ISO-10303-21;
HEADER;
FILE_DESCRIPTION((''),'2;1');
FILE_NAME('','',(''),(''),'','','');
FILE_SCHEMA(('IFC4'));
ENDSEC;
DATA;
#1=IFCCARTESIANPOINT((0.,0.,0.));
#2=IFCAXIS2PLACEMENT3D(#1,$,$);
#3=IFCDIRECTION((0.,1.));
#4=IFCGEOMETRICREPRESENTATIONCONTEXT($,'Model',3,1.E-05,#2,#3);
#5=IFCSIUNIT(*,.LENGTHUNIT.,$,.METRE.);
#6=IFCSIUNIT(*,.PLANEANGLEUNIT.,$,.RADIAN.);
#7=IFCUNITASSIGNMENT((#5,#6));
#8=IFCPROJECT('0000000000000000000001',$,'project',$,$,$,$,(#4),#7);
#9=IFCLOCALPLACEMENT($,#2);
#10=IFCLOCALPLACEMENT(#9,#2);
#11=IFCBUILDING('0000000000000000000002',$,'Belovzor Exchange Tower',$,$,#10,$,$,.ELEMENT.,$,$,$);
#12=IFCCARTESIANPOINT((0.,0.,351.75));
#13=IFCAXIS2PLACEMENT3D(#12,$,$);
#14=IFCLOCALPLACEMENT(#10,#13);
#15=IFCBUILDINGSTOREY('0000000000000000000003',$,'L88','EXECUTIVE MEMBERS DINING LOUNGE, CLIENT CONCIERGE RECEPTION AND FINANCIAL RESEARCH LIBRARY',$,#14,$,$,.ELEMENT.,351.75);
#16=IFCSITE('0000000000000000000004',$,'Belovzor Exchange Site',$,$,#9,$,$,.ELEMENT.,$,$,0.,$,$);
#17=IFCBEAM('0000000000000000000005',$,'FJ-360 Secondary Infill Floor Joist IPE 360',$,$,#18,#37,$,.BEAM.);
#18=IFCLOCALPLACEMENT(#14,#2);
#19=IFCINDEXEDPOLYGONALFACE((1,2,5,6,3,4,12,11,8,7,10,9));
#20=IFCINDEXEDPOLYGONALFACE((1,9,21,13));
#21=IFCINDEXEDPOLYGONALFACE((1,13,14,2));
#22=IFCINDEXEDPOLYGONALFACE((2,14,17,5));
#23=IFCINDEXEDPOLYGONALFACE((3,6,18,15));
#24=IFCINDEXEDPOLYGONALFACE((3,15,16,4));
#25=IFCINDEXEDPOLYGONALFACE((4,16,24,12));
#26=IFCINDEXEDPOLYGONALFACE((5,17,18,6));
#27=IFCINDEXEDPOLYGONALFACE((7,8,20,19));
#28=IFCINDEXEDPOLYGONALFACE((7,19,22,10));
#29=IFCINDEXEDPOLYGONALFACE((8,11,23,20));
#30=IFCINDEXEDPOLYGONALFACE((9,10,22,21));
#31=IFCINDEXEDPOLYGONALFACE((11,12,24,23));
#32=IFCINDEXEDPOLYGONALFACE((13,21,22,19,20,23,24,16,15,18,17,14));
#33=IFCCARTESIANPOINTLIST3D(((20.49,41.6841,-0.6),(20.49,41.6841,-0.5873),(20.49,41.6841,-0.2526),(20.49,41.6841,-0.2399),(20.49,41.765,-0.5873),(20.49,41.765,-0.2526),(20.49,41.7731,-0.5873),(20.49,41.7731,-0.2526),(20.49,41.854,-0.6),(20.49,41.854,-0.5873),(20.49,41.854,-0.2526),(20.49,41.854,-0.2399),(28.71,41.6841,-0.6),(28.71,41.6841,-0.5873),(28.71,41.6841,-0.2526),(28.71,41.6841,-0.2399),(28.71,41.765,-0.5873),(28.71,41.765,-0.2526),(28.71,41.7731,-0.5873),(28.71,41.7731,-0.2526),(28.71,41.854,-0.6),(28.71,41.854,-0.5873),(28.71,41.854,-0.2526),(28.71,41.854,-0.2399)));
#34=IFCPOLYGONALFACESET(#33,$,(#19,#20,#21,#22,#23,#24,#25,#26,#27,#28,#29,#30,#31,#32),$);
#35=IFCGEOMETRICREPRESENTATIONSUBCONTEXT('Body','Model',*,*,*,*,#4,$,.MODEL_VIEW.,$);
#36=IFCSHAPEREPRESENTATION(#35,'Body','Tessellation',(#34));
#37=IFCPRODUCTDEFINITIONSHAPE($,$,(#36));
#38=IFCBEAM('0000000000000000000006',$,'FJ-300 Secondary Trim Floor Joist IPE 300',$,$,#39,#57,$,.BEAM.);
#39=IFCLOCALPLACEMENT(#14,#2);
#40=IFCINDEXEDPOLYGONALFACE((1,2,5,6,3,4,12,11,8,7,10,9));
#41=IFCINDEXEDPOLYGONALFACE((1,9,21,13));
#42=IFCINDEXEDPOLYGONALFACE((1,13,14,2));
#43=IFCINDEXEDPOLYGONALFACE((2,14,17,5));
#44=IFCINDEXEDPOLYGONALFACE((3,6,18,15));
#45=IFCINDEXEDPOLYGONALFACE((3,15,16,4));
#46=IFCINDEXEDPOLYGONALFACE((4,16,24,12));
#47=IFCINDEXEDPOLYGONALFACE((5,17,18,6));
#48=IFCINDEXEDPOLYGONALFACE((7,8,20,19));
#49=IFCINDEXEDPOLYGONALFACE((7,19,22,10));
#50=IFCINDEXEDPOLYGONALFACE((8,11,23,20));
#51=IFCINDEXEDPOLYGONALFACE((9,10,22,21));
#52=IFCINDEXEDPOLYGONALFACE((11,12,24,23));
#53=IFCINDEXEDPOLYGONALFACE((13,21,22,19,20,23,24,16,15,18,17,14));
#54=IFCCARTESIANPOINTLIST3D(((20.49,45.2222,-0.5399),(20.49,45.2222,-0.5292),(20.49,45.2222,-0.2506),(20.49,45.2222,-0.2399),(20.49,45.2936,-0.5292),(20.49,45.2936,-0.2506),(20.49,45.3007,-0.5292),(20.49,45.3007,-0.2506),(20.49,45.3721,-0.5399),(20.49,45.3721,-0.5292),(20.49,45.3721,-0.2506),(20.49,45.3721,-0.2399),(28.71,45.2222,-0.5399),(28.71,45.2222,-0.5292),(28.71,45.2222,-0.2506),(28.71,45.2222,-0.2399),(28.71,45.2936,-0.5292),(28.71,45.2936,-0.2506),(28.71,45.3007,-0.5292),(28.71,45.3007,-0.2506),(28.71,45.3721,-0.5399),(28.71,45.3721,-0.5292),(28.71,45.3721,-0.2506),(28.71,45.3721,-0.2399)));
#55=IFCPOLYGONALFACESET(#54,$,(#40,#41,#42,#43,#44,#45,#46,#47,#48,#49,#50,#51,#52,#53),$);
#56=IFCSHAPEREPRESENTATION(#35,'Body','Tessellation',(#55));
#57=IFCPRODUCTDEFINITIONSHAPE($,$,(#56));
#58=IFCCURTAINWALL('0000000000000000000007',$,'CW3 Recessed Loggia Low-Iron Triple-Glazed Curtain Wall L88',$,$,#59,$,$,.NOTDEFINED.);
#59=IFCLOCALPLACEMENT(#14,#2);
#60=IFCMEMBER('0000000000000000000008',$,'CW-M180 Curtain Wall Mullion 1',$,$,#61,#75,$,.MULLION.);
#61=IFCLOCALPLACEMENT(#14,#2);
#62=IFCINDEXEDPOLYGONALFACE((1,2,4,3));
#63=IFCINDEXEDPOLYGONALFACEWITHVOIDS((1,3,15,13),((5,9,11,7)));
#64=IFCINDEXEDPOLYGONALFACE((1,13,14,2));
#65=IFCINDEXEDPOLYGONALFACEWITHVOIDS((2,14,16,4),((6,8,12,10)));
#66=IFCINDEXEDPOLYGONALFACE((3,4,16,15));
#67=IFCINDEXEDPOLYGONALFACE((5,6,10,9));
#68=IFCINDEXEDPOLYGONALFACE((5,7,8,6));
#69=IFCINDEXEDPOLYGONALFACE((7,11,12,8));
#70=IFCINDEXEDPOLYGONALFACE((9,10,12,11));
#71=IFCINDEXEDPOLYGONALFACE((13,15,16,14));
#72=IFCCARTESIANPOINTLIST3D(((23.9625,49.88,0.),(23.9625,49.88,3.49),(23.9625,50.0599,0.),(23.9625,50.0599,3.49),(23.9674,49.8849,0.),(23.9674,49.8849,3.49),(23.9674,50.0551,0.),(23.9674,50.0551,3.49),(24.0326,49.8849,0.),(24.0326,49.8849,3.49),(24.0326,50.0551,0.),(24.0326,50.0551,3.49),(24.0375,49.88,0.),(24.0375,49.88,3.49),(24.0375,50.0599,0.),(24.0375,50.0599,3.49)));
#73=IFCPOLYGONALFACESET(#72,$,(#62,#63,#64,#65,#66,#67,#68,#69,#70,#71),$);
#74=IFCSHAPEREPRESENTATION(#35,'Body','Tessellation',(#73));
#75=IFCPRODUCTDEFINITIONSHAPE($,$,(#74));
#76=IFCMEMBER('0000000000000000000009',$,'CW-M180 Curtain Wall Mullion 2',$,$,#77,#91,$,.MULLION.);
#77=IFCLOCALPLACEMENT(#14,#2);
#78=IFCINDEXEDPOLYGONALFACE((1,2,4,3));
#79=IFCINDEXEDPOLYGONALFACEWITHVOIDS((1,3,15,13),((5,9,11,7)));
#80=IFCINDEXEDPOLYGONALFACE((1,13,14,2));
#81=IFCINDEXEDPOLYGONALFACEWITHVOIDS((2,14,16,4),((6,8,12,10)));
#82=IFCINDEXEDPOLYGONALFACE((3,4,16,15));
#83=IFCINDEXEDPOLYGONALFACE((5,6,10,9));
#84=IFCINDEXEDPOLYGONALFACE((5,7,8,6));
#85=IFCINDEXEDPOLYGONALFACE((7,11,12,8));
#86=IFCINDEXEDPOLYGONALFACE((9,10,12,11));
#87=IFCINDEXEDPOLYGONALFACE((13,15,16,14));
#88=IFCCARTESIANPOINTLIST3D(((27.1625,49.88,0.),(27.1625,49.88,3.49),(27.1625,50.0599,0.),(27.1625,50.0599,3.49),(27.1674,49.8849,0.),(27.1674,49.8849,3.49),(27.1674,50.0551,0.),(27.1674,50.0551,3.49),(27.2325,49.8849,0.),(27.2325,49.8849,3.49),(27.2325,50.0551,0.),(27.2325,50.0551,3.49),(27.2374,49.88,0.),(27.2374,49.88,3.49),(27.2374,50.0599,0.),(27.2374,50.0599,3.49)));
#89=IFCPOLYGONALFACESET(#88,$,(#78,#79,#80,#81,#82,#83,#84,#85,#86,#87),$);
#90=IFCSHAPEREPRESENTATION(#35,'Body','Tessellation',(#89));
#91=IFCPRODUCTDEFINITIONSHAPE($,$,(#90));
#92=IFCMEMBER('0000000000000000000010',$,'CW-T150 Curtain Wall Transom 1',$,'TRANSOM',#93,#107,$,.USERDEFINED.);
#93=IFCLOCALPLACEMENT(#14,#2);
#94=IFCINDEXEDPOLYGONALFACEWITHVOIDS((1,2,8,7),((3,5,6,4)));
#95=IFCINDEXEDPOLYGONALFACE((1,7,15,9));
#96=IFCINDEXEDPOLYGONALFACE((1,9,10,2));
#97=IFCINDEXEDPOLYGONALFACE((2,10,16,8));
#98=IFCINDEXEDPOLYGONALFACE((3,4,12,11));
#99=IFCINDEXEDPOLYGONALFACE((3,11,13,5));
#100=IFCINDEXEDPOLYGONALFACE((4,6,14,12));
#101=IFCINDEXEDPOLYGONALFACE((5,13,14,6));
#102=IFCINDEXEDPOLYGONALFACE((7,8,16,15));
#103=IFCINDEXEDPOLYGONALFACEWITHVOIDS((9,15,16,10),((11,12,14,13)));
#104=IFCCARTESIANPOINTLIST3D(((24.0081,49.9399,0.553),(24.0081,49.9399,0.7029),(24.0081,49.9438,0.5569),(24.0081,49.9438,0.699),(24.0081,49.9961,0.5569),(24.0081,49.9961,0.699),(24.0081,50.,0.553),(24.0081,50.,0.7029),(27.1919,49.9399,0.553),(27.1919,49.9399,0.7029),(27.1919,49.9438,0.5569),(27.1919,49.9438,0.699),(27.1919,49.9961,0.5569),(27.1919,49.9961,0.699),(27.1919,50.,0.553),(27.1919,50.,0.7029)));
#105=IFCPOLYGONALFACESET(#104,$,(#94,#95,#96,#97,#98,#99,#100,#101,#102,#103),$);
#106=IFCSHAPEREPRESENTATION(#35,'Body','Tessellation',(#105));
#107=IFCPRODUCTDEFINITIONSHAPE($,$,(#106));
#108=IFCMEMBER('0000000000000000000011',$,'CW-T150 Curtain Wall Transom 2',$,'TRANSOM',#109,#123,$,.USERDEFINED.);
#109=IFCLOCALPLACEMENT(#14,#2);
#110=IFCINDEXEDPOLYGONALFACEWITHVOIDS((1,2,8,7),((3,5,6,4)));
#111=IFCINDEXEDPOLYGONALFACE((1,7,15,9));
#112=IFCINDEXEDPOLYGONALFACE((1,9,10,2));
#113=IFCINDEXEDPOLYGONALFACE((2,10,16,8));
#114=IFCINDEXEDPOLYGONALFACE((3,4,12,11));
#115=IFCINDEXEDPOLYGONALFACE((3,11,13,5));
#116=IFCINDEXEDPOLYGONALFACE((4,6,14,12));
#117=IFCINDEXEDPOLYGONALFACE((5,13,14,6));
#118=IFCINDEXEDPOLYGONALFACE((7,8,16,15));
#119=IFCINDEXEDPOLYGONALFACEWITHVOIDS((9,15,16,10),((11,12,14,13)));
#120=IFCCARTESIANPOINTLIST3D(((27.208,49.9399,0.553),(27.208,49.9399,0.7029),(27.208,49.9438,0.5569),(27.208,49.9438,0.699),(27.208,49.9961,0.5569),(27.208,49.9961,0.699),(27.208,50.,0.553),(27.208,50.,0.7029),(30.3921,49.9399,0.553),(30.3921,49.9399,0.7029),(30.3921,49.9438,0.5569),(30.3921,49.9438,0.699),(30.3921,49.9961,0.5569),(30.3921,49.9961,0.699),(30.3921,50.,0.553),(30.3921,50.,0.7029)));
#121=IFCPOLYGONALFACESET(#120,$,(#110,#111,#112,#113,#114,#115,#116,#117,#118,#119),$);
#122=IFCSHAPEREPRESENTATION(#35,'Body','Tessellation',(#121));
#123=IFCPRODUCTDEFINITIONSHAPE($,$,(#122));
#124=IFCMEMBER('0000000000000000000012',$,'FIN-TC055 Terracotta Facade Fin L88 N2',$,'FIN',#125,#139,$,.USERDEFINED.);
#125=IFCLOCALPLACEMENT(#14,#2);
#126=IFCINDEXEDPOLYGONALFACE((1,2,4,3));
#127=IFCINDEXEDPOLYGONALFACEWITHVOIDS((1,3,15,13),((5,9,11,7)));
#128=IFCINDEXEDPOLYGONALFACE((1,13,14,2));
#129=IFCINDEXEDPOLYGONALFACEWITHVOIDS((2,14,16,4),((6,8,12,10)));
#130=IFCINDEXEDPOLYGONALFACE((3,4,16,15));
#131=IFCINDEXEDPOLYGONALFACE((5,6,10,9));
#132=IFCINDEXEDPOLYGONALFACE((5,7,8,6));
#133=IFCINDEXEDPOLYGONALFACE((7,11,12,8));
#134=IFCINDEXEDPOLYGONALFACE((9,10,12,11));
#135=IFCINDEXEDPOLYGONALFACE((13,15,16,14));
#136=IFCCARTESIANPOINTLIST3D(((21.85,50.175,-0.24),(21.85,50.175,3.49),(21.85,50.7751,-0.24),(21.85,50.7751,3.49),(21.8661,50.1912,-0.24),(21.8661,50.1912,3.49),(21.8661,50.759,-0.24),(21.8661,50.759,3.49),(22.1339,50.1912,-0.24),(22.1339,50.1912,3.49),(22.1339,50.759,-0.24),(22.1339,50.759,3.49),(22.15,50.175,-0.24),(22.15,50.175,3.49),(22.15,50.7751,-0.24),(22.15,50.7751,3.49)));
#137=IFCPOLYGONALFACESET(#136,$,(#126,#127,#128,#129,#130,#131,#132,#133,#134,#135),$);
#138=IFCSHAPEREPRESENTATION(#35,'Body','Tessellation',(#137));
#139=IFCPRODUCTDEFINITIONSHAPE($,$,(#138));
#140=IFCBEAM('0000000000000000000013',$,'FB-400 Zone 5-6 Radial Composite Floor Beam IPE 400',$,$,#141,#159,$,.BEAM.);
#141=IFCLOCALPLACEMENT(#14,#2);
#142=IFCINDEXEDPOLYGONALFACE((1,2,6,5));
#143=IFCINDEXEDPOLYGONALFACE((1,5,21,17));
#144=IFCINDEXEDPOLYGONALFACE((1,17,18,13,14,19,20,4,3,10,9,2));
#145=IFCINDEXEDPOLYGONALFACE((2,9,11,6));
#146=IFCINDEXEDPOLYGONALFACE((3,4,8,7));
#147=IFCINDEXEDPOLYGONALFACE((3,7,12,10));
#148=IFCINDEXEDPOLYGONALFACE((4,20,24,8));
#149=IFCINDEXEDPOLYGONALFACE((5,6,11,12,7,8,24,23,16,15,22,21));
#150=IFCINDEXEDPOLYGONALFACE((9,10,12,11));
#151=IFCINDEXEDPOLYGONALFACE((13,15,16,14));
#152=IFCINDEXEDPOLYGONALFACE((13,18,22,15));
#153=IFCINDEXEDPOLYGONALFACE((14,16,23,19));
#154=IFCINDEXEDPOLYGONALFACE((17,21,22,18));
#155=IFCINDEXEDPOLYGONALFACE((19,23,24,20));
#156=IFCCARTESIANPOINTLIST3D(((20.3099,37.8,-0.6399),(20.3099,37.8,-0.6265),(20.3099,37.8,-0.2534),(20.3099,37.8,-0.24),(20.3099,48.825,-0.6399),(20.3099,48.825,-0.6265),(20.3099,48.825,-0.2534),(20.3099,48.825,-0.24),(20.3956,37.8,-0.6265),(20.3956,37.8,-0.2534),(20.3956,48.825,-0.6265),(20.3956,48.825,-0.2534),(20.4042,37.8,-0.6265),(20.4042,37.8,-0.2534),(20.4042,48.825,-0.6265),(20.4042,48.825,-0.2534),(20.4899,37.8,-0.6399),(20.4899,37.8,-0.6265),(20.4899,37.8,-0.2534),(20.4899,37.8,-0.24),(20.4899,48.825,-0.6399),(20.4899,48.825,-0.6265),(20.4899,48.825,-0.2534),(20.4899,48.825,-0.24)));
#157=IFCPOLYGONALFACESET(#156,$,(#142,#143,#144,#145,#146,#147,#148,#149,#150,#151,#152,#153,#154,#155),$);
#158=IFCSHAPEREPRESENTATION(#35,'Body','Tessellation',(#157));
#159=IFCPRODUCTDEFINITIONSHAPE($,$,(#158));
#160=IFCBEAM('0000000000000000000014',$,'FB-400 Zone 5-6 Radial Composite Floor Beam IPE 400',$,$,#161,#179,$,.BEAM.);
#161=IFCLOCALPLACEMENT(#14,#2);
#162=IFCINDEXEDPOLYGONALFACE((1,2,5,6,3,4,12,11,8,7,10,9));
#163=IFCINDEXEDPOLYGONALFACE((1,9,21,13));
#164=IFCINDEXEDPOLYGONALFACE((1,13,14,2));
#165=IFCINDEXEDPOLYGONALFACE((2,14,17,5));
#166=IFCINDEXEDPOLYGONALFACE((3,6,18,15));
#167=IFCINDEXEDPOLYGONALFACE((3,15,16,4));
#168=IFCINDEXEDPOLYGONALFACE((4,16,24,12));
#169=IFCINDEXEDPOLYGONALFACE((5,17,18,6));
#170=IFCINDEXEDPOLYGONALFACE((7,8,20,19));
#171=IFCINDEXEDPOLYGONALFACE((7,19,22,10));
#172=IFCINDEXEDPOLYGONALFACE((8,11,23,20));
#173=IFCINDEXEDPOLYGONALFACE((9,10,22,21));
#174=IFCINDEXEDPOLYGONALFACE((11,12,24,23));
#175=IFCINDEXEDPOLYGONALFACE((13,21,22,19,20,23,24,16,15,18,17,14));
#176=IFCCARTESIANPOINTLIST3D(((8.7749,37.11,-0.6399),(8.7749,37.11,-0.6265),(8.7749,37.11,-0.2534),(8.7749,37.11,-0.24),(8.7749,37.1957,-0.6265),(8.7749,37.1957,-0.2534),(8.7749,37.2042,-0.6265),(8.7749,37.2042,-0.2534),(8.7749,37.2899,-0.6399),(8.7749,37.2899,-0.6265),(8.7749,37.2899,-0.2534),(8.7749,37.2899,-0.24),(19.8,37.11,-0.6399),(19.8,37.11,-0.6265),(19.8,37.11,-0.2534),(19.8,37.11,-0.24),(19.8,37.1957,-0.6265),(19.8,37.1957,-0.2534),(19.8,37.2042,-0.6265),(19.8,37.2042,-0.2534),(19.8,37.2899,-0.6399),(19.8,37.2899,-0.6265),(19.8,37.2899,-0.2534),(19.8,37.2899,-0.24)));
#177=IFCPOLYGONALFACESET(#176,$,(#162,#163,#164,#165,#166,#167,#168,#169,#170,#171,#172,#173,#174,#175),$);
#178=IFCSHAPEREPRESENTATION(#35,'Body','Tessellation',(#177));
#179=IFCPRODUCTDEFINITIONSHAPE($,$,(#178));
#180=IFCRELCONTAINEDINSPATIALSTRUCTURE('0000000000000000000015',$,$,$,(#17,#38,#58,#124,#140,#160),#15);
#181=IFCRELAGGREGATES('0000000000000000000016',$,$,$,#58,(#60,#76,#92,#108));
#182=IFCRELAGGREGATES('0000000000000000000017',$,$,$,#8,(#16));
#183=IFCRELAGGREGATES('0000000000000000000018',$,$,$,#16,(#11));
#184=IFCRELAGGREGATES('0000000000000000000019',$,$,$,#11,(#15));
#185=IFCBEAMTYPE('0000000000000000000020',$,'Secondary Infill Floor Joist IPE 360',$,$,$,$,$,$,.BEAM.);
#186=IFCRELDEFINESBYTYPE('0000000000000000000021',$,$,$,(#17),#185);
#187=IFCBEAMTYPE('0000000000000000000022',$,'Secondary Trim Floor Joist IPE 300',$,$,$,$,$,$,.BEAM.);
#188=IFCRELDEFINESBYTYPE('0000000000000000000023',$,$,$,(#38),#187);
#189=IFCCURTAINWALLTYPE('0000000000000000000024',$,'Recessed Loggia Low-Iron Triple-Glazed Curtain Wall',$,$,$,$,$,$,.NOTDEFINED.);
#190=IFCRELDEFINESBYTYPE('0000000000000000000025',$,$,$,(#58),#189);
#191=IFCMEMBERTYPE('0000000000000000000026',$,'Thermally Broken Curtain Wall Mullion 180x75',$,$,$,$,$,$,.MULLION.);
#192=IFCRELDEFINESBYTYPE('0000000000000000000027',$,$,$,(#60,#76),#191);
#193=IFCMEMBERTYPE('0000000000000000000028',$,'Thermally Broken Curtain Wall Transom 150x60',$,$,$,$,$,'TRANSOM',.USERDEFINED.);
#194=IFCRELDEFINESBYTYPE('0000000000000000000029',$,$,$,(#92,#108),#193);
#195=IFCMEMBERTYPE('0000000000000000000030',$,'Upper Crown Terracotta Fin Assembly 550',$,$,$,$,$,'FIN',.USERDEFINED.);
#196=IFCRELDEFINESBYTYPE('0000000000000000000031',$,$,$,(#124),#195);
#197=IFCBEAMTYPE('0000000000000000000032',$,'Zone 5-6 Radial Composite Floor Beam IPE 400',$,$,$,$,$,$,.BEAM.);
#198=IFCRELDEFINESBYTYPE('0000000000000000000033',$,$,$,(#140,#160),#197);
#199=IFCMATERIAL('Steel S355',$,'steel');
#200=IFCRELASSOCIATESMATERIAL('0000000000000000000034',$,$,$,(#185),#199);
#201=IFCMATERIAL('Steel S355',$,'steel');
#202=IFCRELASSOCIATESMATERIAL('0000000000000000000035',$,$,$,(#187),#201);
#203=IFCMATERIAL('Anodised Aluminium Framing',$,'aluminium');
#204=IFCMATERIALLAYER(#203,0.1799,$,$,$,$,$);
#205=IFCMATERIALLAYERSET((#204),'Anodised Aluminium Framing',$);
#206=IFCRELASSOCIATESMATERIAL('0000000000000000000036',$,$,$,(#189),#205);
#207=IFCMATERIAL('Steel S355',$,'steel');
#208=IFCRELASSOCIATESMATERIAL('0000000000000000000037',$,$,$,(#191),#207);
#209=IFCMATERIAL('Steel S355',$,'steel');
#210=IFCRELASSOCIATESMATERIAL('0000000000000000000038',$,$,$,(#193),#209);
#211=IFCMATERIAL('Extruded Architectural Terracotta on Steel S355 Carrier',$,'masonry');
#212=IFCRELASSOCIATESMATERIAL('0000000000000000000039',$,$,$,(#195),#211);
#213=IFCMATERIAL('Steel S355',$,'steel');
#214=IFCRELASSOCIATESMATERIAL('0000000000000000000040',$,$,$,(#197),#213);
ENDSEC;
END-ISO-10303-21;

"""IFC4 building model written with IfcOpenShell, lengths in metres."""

from ifc_helpers import new_model, si_unit, direction, frame, origin, origin_2d, place, context, subcontext, project, spatial, hollow_rectangle, i_section, extrude, material, layer, layer_set, material_profile, profile_set, type_object, element, aggregate, save


model = new_model("IFC4")

# Units and contexts
model_context = context("Model", 3, precision=1e-05, world=origin(), true_north=direction((0.0, 1.0)))
body_context = subcontext(model_context, "Body", "Model", "MODEL_VIEW")
ifc_project = project(units=[si_unit("LENGTHUNIT", "METRE"), si_unit("PLANEANGLEUNIT", "RADIAN")], contexts=[model_context])

# Site, building, storey
site_placement = place(None, origin())
site = spatial("IfcSite", under=ifc_project, at=site_placement, Name="Belovzor Exchange Site", CompositionType="ELEMENT", RefElevation=0.0)
building_placement = place(site_placement, origin())
building = spatial("IfcBuilding", under=site, at=building_placement, Name="Belovzor Exchange Tower", CompositionType="ELEMENT")
storey_placement = place(building_placement, frame((0.0, 0.0, 351.75)))
storey = spatial("IfcBuildingStorey", under=building, at=storey_placement, Name="L88", Description="EXECUTIVE MEMBERS DINING LOUNGE, CLIENT CONCIERGE RECEPTION AND FINANCIAL RESEARCH LIBRARY", CompositionType="ELEMENT", Elevation=351.75)

# Beams
ifc_material_1 = material(Name="Steel S355", Category="steel")
ifc_material_profile_1 = material_profile(ifc_material_1, i_section(OverallWidth=0.1699, OverallDepth=0.3601, WebThickness=0.0081, FlangeThickness=0.0127, at=origin_2d()))
ifc_profile_set_1 = profile_set([ifc_material_profile_1], Name="Steel S355")
beam_type_1 = type_object("IfcBeamType", Name="Secondary Infill Floor Joist IPE 360", PredefinedType="BEAM", material=ifc_profile_set_1)
beam_1_placement = place(storey_placement, frame((20.49, 41.769, -0.4199), z_axis=(1.0, 0.0, 0.0), x_axis=(0.0, 1.0, 0.0)))
element("IfcBeam", 1, at=beam_1_placement, inside=storey, type_object=beam_type_1, Name="FJ-360 Secondary Infill Floor Joist IPE 360", PredefinedType="BEAM", context=body_context, shape_type="SweptSolid", body=[
    extrude(i_section(OverallWidth=0.1699, OverallDepth=0.3601, WebThickness=0.0081, FlangeThickness=0.0127, at=origin_2d()), origin(), (0.0, 0.0, 1.0), 8.22),
])
ifc_material_2 = material(Name="Steel S355", Category="steel")
ifc_material_profile_2 = material_profile(ifc_material_2, i_section(OverallWidth=0.1499, OverallDepth=0.3, WebThickness=0.0071, FlangeThickness=0.0107, at=origin_2d()))
ifc_profile_set_2 = profile_set([ifc_material_profile_2], Name="Steel S355")
beam_type_2 = type_object("IfcBeamType", Name="Secondary Trim Floor Joist IPE 300", PredefinedType="BEAM", material=ifc_profile_set_2)
beam_2_placement = place(storey_placement, frame((20.49, 45.2971, -0.3899), z_axis=(1.0, 0.0, 0.0), x_axis=(0.0, 1.0, 0.0)))
element("IfcBeam", 2, at=beam_2_placement, inside=storey, type_object=beam_type_2, Name="FJ-300 Secondary Trim Floor Joist IPE 300", PredefinedType="BEAM", context=body_context, shape_type="SweptSolid", body=[
    extrude(i_section(OverallWidth=0.1499, OverallDepth=0.3, WebThickness=0.0071, FlangeThickness=0.0107, at=origin_2d()), origin(), (0.0, 0.0, 1.0), 8.22),
])

# Curtain wall, members
ifc_material_3 = material(Name="Anodised Aluminium Framing", Category="aluminium")
ifc_layer_1 = layer(ifc_material_3, 0.1799)
ifc_layer_set_1 = layer_set([ifc_layer_1], Name="Anodised Aluminium Framing")
curtain_wall_type = type_object("IfcCurtainWallType", Name="Recessed Loggia Low-Iron Triple-Glazed Curtain Wall", PredefinedType="NOTDEFINED", material=ifc_layer_set_1)
curtain_wall_placement = place(storey_placement, origin())
curtain_wall = element("IfcCurtainWall", 3, at=curtain_wall_placement, inside=storey, type_object=curtain_wall_type, Name="CW3 Recessed Loggia Low-Iron Triple-Glazed Curtain Wall L88", PredefinedType="NOTDEFINED")
ifc_material_4 = material(Name="Steel S355", Category="steel")
ifc_material_profile_3 = material_profile(ifc_material_4, hollow_rectangle(XDim=0.075, YDim=0.1799, WallThickness=0.0049, at=origin_2d()))
ifc_profile_set_3 = profile_set([ifc_material_profile_3], Name="Steel S355")
member_type_1 = type_object("IfcMemberType", Name="Thermally Broken Curtain Wall Mullion 180x75", PredefinedType="MULLION", material=ifc_profile_set_3)
member_1_placement = place(storey_placement, frame((24.0, 49.97, 0.0), z_axis=(0.0, 0.0, 1.0), x_axis=(1.0, 0.0, 0.0)))
member_1 = element("IfcMember", 4, at=member_1_placement, type_object=member_type_1, Name="CW-M180 Curtain Wall Mullion 1", PredefinedType="MULLION", context=body_context, shape_type="SweptSolid", body=[
    extrude(hollow_rectangle(XDim=0.075, YDim=0.1799, WallThickness=0.0049, at=origin_2d()), origin(), (0.0, 0.0, 1.0), 3.49),
])
member_2_placement = place(storey_placement, frame((27.2, 49.97, 0.0), z_axis=(0.0, 0.0, 1.0), x_axis=(1.0, 0.0, 0.0)))
member_2 = element("IfcMember", 5, at=member_2_placement, type_object=member_type_1, Name="CW-M180 Curtain Wall Mullion 2", PredefinedType="MULLION", context=body_context, shape_type="SweptSolid", body=[
    extrude(hollow_rectangle(XDim=0.075, YDim=0.1799, WallThickness=0.0049, at=origin_2d()), origin(), (0.0, 0.0, 1.0), 3.49),
])
ifc_material_5 = material(Name="Steel S355", Category="steel")
ifc_material_profile_4 = material_profile(ifc_material_5, hollow_rectangle(XDim=0.0601, YDim=0.1499, WallThickness=0.0039, at=origin_2d()))
ifc_profile_set_4 = profile_set([ifc_material_profile_4], Name="Steel S355")
member_type_2 = type_object("IfcMemberType", Name="Thermally Broken Curtain Wall Transom 150x60", ElementType="TRANSOM", PredefinedType="USERDEFINED", material=ifc_profile_set_4)
member_3_placement = place(storey_placement, frame((24.0081, 49.97, 0.6279), z_axis=(1.0, 0.0, 0.0), x_axis=(0.0, 1.0, 0.0)))
member_3 = element("IfcMember", 6, at=member_3_placement, type_object=member_type_2, Name="CW-T150 Curtain Wall Transom 1", ObjectType="TRANSOM", PredefinedType="USERDEFINED", context=body_context, shape_type="SweptSolid", body=[
    extrude(hollow_rectangle(XDim=0.0601, YDim=0.1499, WallThickness=0.0039, at=origin_2d()), origin(), (0.0, 0.0, 1.0), 3.1838),
])
member_4_placement = place(storey_placement, frame((27.208, 49.97, 0.6279), z_axis=(1.0, 0.0, 0.0), x_axis=(0.0, 1.0, 0.0)))
member_4 = element("IfcMember", 7, at=member_4_placement, type_object=member_type_2, Name="CW-T150 Curtain Wall Transom 2", ObjectType="TRANSOM", PredefinedType="USERDEFINED", context=body_context, shape_type="SweptSolid", body=[
    extrude(hollow_rectangle(XDim=0.0601, YDim=0.1499, WallThickness=0.0039, at=origin_2d()), origin(), (0.0, 0.0, 1.0), 3.1841),
])

# Member
ifc_material_6 = material(Name="Extruded Architectural Terracotta on Steel S355 Carrier", Category="masonry")
ifc_material_profile_5 = material_profile(ifc_material_6, hollow_rectangle(XDim=0.3, YDim=0.6001, WallThickness=0.0161, at=origin_2d()))
ifc_profile_set_5 = profile_set([ifc_material_profile_5], Name="Extruded Architectural Terracotta on Steel S355 Carrier")
member_type_3 = type_object("IfcMemberType", Name="Upper Crown Terracotta Fin Assembly 550", ElementType="FIN", PredefinedType="USERDEFINED", material=ifc_profile_set_5)
member_5_placement = place(storey_placement, frame((22.0, 50.4751, -0.24), z_axis=(0.0, 0.0, 1.0), x_axis=(1.0, 0.0, 0.0)))
element("IfcMember", 8, at=member_5_placement, inside=storey, type_object=member_type_3, Name="FIN-TC055 Terracotta Facade Fin L88 N2", ObjectType="FIN", PredefinedType="USERDEFINED", context=body_context, shape_type="SweptSolid", body=[
    extrude(hollow_rectangle(XDim=0.3, YDim=0.6001, WallThickness=0.0161, at=origin_2d()), origin(), (0.0, 0.0, 1.0), 3.73),
])

# Beams
ifc_material_7 = material(Name="Steel S355", Category="steel")
ifc_material_profile_6 = material_profile(ifc_material_7, i_section(OverallWidth=0.1799, OverallDepth=0.3999, WebThickness=0.0085, FlangeThickness=0.0134, at=origin_2d()))
ifc_profile_set_6 = profile_set([ifc_material_profile_6], Name="Steel S355")
beam_type_3 = type_object("IfcBeamType", Name="Zone 5-6 Radial Composite Floor Beam IPE 400", PredefinedType="BEAM", material=ifc_profile_set_6)
beam_3_placement = place(storey_placement, frame((20.3999, 37.8, -0.4399), z_axis=(0.0, 1.0, 0.0), x_axis=(-1.0, 0.0, 0.0)))
element("IfcBeam", 9, at=beam_3_placement, inside=storey, type_object=beam_type_3, Name="FB-400 Zone 5-6 Radial Composite Floor Beam IPE 400", PredefinedType="BEAM", context=body_context, shape_type="SweptSolid", body=[
    extrude(i_section(OverallWidth=0.1799, OverallDepth=0.3999, WebThickness=0.0085, FlangeThickness=0.0134, at=origin_2d()), origin(), (0.0, 0.0, 1.0), 11.0249),
])
beam_4_placement = place(storey_placement, frame((19.8, 37.2, -0.4399), z_axis=(-1.0, 0.0, 0.0), x_axis=(0.0, -1.0, 0.0)))
element("IfcBeam", 10, at=beam_4_placement, inside=storey, type_object=beam_type_3, Name="FB-400 Zone 5-6 Radial Composite Floor Beam IPE 400", PredefinedType="BEAM", context=body_context, shape_type="SweptSolid", body=[
    extrude(i_section(OverallWidth=0.1799, OverallDepth=0.3999, WebThickness=0.0085, FlangeThickness=0.0134, at=origin_2d()), origin(), (0.0, 0.0, 1.0), 11.0251),
])

aggregate(curtain_wall, [member_1, member_2, member_3, member_4])

save(model, "model.ifc")
